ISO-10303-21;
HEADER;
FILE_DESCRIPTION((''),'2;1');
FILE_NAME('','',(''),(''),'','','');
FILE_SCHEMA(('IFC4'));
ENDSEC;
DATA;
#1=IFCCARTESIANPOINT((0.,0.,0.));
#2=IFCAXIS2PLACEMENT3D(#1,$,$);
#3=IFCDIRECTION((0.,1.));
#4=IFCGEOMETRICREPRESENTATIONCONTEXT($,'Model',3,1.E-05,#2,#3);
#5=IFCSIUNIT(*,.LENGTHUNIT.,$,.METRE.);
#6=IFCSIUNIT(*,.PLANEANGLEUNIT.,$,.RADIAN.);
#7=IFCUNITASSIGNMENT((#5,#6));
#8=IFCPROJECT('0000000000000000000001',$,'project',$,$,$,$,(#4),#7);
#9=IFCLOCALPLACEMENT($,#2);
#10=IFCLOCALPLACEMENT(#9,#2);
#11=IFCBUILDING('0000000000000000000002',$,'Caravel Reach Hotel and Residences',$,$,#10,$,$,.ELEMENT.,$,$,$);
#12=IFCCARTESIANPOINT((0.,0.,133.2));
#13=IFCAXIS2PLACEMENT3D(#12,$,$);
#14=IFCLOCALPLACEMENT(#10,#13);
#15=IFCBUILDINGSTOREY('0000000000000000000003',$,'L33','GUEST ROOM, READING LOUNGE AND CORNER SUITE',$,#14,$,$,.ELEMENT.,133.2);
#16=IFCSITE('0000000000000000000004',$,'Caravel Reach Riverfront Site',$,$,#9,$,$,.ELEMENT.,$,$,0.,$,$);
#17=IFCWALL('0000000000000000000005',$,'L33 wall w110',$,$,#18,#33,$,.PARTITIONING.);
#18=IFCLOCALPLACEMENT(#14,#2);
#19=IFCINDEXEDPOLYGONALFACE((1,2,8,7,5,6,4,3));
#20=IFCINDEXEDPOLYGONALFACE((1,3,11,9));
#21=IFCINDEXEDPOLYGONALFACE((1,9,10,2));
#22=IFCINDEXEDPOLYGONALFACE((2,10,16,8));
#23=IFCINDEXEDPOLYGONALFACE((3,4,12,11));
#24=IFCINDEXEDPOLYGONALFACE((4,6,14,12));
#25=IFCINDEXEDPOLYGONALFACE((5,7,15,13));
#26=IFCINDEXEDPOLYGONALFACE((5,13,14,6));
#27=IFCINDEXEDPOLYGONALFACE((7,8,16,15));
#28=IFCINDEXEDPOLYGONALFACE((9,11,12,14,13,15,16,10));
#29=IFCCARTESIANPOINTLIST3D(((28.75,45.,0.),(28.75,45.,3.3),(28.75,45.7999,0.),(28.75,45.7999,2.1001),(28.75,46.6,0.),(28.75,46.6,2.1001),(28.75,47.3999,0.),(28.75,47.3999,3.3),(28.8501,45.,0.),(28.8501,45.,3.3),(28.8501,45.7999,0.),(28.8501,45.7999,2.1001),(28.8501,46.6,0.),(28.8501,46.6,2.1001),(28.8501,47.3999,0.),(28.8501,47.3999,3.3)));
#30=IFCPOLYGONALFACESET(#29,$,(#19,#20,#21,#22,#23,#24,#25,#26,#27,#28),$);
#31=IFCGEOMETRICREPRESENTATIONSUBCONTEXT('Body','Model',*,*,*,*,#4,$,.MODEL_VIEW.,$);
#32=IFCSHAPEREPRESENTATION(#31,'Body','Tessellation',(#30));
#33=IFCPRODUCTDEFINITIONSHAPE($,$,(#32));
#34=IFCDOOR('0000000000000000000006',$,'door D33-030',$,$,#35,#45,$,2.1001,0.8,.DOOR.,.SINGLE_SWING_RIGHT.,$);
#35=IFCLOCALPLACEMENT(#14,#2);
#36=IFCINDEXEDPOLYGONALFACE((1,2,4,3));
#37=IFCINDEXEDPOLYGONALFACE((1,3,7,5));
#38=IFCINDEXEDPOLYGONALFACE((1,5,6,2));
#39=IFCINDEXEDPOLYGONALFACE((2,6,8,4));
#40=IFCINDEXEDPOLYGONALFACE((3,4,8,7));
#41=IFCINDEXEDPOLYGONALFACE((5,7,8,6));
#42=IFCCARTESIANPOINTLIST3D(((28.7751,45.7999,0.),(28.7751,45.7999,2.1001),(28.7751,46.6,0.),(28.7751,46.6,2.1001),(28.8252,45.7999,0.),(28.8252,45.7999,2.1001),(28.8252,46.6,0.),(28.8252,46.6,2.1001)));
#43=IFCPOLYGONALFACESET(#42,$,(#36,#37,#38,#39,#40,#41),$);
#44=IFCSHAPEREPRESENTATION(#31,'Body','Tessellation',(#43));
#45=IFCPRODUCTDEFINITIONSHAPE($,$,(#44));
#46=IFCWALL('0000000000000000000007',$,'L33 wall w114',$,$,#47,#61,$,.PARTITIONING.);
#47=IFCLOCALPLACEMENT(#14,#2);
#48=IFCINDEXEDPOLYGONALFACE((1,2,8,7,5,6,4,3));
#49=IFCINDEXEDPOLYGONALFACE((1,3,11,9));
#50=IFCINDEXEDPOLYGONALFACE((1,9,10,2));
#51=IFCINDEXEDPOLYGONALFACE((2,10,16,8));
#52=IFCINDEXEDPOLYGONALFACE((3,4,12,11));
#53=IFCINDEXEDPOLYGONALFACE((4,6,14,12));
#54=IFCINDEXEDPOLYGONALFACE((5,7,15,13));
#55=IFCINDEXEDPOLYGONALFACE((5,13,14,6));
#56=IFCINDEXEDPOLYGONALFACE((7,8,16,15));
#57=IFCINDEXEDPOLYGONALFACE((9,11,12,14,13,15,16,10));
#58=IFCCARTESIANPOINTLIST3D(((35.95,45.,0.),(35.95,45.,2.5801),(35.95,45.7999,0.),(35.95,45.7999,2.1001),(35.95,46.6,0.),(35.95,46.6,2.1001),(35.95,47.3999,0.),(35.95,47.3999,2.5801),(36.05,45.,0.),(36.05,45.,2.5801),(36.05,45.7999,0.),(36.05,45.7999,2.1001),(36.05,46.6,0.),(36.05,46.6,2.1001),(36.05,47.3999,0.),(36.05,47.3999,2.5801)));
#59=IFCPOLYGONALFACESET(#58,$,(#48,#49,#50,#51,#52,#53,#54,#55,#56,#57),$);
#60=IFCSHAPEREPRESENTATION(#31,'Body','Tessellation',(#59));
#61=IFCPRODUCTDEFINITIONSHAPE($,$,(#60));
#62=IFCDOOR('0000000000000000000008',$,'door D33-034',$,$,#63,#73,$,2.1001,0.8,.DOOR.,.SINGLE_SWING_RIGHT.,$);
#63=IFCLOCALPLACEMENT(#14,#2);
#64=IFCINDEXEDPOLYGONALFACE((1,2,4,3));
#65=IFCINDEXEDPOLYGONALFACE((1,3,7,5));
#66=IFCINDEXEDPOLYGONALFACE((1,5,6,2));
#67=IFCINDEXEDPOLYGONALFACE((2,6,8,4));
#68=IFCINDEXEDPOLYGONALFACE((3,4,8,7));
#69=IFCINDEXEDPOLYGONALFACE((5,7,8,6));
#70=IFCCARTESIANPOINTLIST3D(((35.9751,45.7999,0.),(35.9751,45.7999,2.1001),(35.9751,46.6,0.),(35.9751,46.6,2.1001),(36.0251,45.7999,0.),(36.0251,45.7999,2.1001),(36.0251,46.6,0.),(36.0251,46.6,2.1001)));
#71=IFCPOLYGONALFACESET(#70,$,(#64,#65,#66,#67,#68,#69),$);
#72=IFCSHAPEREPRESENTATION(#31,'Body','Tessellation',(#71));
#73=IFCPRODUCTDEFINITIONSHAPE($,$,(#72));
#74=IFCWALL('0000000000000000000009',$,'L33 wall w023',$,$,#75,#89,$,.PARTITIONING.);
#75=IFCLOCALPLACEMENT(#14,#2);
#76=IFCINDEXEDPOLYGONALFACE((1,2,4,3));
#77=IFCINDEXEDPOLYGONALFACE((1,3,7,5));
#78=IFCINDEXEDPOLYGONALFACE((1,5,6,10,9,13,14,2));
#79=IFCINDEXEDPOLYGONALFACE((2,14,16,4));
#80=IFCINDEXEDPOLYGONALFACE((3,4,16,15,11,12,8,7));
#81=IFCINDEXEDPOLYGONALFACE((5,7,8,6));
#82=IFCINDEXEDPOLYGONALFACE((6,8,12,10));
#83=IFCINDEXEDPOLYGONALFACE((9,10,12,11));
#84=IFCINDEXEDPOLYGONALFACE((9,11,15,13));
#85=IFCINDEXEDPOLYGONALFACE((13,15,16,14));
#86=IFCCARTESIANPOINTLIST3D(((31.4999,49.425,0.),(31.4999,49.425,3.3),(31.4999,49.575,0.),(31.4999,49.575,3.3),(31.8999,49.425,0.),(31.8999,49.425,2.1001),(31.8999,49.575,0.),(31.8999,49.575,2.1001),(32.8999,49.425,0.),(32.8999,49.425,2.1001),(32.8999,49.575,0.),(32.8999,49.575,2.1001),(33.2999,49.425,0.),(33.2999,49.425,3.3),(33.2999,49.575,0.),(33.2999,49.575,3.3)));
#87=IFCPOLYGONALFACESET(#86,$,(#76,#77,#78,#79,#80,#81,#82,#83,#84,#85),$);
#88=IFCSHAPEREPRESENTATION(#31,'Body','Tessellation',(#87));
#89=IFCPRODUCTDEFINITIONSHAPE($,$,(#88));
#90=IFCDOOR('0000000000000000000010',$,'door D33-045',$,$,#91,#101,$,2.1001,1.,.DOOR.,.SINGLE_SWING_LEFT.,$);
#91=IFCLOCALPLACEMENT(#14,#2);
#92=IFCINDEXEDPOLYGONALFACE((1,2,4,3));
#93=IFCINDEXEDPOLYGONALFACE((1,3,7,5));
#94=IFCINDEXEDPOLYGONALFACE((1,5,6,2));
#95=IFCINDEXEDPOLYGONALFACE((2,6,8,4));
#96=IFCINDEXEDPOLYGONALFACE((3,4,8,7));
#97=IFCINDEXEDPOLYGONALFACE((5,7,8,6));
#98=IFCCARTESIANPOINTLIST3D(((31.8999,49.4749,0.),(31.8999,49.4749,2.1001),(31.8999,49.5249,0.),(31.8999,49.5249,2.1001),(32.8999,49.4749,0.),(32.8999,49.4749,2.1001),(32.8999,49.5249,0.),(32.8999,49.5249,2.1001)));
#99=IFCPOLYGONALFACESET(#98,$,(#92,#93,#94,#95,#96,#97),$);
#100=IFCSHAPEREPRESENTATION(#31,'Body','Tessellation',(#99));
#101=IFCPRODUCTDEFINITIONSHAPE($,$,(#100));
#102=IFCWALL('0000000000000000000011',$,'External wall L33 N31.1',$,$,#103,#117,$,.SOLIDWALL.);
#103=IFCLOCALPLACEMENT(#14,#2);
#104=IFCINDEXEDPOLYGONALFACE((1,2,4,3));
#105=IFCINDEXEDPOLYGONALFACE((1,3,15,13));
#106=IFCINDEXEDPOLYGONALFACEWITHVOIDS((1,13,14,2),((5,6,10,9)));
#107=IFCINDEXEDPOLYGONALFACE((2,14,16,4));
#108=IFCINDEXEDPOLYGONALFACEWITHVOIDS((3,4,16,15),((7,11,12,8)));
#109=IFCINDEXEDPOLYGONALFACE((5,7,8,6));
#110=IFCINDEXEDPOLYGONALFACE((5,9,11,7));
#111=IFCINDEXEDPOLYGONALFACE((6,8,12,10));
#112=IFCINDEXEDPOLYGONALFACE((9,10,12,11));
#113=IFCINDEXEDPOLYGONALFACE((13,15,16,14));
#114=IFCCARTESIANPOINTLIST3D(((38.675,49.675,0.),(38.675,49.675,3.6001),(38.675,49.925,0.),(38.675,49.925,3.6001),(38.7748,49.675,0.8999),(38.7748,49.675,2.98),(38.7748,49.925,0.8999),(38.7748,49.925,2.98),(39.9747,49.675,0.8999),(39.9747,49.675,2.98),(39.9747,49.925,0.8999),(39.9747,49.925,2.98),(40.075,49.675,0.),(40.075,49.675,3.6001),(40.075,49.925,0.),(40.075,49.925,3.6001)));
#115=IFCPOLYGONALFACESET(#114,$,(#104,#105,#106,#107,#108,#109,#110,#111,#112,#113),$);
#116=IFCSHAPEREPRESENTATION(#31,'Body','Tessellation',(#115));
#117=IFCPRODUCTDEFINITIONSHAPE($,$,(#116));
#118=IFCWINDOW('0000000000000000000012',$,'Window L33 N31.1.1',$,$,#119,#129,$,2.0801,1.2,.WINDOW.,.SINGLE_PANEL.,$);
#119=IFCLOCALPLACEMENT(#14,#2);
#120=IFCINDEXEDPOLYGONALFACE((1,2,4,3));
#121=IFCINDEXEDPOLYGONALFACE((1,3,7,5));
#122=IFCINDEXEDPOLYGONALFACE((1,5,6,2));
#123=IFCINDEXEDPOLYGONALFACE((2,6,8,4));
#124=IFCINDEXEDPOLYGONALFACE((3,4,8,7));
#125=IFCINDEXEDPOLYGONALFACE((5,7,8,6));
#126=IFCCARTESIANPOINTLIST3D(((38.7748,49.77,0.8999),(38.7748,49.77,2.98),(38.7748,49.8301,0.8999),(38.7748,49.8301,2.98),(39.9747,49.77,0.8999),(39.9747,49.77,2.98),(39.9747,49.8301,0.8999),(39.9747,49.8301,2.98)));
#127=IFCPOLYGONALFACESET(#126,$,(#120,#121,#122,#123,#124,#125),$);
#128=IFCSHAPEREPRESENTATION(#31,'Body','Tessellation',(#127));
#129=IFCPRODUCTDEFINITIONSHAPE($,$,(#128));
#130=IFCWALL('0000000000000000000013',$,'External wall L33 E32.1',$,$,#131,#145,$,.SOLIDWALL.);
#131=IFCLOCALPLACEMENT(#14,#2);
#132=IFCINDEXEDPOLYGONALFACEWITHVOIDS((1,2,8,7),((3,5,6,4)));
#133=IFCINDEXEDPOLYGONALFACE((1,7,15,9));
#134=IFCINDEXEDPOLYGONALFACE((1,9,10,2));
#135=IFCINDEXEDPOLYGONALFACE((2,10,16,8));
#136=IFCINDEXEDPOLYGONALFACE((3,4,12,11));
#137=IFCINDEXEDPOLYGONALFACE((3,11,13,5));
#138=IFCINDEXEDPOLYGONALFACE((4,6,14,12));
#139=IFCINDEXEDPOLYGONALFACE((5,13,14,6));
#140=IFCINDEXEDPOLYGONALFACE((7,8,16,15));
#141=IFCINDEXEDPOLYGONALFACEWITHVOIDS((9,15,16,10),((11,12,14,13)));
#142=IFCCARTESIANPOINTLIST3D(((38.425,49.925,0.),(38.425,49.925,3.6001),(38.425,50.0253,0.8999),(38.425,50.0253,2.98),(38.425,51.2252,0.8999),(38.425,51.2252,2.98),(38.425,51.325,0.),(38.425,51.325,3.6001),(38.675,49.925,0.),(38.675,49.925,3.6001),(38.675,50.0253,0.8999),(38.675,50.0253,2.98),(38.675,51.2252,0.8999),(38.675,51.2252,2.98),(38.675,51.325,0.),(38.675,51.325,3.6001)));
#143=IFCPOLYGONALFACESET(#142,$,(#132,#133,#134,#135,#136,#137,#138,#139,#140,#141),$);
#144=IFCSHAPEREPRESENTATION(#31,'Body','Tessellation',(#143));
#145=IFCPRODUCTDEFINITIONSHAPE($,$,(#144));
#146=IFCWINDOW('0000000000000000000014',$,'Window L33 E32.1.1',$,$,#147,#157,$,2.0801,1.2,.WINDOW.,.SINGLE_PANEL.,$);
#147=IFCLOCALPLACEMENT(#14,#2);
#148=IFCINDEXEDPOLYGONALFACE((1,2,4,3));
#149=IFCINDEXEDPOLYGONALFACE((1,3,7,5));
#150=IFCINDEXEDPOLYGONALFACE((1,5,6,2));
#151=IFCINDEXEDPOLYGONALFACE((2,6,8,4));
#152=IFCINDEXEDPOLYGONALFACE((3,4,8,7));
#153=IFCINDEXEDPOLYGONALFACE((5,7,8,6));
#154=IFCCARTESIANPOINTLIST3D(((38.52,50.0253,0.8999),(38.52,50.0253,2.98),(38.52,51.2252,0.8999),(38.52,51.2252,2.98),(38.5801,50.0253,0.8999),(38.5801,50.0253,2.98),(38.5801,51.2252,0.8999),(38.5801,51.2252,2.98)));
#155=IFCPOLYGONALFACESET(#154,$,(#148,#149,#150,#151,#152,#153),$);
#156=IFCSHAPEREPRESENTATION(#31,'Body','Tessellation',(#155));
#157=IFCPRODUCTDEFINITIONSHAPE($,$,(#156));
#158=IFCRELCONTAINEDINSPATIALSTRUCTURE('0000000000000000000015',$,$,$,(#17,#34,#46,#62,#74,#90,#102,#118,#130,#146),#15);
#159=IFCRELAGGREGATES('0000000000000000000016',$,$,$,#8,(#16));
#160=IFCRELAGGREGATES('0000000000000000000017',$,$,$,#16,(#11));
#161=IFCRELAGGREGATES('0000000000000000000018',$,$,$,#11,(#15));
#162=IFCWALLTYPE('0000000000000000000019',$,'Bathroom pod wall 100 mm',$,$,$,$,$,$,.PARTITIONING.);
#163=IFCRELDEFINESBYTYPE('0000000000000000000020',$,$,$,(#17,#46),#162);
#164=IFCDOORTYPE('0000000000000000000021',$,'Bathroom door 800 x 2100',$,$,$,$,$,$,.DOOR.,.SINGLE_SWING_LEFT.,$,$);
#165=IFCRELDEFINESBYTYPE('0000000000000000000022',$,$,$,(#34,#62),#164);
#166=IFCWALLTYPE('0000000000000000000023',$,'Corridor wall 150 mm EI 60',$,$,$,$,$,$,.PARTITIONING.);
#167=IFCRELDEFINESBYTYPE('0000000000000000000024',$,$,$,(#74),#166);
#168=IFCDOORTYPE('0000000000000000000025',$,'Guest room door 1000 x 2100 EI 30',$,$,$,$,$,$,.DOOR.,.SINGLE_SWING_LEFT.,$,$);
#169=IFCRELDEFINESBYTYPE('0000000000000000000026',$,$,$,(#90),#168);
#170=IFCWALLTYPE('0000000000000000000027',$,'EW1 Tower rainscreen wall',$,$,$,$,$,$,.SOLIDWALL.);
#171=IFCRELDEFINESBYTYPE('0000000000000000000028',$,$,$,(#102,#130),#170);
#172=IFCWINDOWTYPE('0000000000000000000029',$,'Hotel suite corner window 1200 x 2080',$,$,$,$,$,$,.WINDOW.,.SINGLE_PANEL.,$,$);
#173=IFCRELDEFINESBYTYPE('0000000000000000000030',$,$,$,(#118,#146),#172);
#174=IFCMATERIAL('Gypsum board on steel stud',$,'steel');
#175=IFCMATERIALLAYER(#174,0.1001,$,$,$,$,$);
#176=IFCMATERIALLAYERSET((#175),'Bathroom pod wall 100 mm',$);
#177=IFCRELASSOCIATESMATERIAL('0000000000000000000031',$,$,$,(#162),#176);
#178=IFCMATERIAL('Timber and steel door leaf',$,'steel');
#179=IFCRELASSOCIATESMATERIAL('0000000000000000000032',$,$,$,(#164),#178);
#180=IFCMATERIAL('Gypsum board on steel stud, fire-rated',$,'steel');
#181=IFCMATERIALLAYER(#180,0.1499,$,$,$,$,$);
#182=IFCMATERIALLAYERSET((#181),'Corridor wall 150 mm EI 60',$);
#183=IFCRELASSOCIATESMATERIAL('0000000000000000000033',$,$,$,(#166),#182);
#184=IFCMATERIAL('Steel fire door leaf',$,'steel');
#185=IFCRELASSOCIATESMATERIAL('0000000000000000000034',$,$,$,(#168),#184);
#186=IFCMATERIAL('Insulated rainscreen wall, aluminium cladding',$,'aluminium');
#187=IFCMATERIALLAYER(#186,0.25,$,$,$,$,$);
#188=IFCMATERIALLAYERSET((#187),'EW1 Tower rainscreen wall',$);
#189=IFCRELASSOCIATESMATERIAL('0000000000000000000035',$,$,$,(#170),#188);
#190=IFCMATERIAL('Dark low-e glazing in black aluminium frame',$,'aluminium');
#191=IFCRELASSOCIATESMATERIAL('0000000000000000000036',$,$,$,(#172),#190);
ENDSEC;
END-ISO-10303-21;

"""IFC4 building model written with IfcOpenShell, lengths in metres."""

from ifc_helpers import new_model, si_unit, direction, frame, frame_2d, origin, place, context, subcontext, project, spatial, rectangle, extrude, material, layer, layer_set, type_object, element, fill, save


model = new_model("IFC4")

# Units and contexts
model_context = context("Model", 3, precision=1e-05, world=origin(), true_north=direction((0.0, 1.0)))
body_context = subcontext(model_context, "Body", "Model", "MODEL_VIEW")
ifc_project = project(units=[si_unit("LENGTHUNIT", "METRE"), si_unit("PLANEANGLEUNIT", "RADIAN")], contexts=[model_context])

# Site, building, storey
site_placement = place(None, origin())
site = spatial("IfcSite", under=ifc_project, at=site_placement, Name="Caravel Reach Riverfront Site", CompositionType="ELEMENT", RefElevation=0.0)
building_placement = place(site_placement, origin())
building = spatial("IfcBuilding", under=site, at=building_placement, Name="Caravel Reach Hotel and Residences", CompositionType="ELEMENT")
storey_placement = place(building_placement, frame((0.0, 0.0, 133.2)))
storey = spatial("IfcBuildingStorey", under=building, at=storey_placement, Name="L33", Description="GUEST ROOM, READING LOUNGE AND CORNER SUITE", CompositionType="ELEMENT", Elevation=133.2)

# Shared definitions
ifc_material_1 = material(Name="Gypsum board on steel stud", Category="steel")
ifc_layer_1 = layer(ifc_material_1, 0.1001)
ifc_layer_set_1 = layer_set([ifc_layer_1], Name="Bathroom pod wall 100 mm")
wall_type_1 = type_object("IfcWallType", Name="Bathroom pod wall 100 mm", PredefinedType="PARTITIONING", material=ifc_layer_set_1)

# Walls, openings, doors
wall_1_placement = place(storey_placement, frame((28.8, 45.0, 0.0), z_axis=(0.0, 0.0, 1.0), x_axis=(0.0, 1.0, 0.0)))
wall_1 = element("IfcWall", 1, at=wall_1_placement, inside=storey, type_object=wall_type_1, Name="L33 wall w110", PredefinedType="PARTITIONING", context=body_context, shape_type="SweptSolid", body=[
    extrude(rectangle(XDim=2.3999, YDim=0.1001, at=frame_2d((1.2, 0.0))), origin(), (0.0, 0.0, 1.0), 3.3),
])
opening_1_placement = place(wall_1_placement, frame((0.8, 0.0, 0.0)))
opening_1 = element("IfcOpeningElement", 2, at=opening_1_placement, cuts=wall_1, PredefinedType="OPENING", context=body_context, shape_type="SweptSolid", body=[
    extrude(rectangle(XDim=0.8, YDim=2.1001, at=frame_2d((0.3999, 1.05))), frame((0.0, 0.0601, 0.0), z_axis=(0.0, -1.0, 0.0), x_axis=(1.0, 0.0, 0.0)), (0.0, 0.0, 1.0), 0.1201),
])
ifc_material_2 = material(Name="Timber and steel door leaf", Category="steel")
door_type_1 = type_object("IfcDoorType", Name="Bathroom door 800 x 2100", OperationType="SINGLE_SWING_LEFT", PredefinedType="DOOR", material=ifc_material_2)
door_1_placement = place(opening_1_placement, origin())
door_1 = element("IfcDoor", 3, at=door_1_placement, inside=storey, type_object=door_type_1, Name="door D33-030", OperationType="SINGLE_SWING_RIGHT", OverallHeight=2.1001, OverallWidth=0.8, PredefinedType="DOOR", context=body_context, shape_type="SweptSolid", body=[
    extrude(rectangle(XDim=0.8, YDim=2.1001, at=frame_2d((0.3999, 1.05))), frame((0.0, 0.0249, 0.0), z_axis=(0.0, -1.0, 0.0), x_axis=(1.0, 0.0, 0.0)), (0.0, 0.0, 1.0), 0.05),
])
fill(opening_1, door_1)
wall_2_placement = place(storey_placement, frame((36.0, 45.0, 0.0), z_axis=(0.0, 0.0, 1.0), x_axis=(0.0, 1.0, 0.0)))
wall_2 = element("IfcWall", 4, at=wall_2_placement, inside=storey, type_object=wall_type_1, Name="L33 wall w114", PredefinedType="PARTITIONING", context=body_context, shape_type="SweptSolid", body=[
    extrude(rectangle(XDim=2.3999, YDim=0.1001, at=frame_2d((1.2, 0.0))), origin(), (0.0, 0.0, 1.0), 2.5801),
])
opening_2_placement = place(wall_2_placement, frame((0.8, 0.0, 0.0)))
opening_2 = element("IfcOpeningElement", 5, at=opening_2_placement, cuts=wall_2, PredefinedType="OPENING", context=body_context, shape_type="SweptSolid", body=[
    extrude(rectangle(XDim=0.8, YDim=2.1001, at=frame_2d((0.3999, 1.05))), frame((0.0, 0.0601, 0.0), z_axis=(0.0, -1.0, 0.0), x_axis=(1.0, 0.0, 0.0)), (0.0, 0.0, 1.0), 0.1201),
])
door_2_placement = place(opening_2_placement, origin())
door_2 = element("IfcDoor", 6, at=door_2_placement, inside=storey, type_object=door_type_1, Name="door D33-034", OperationType="SINGLE_SWING_RIGHT", OverallHeight=2.1001, OverallWidth=0.8, PredefinedType="DOOR", context=body_context, shape_type="SweptSolid", body=[
    extrude(rectangle(XDim=0.8, YDim=2.1001, at=frame_2d((0.3999, 1.05))), frame((0.0, 0.0249, 0.0), z_axis=(0.0, -1.0, 0.0), x_axis=(1.0, 0.0, 0.0)), (0.0, 0.0, 1.0), 0.05),
])
fill(opening_2, door_2)
ifc_material_3 = material(Name="Gypsum board on steel stud, fire-rated", Category="steel")
ifc_layer_2 = layer(ifc_material_3, 0.1499)
ifc_layer_set_2 = layer_set([ifc_layer_2], Name="Corridor wall 150 mm EI 60")
wall_type_2 = type_object("IfcWallType", Name="Corridor wall 150 mm EI 60", PredefinedType="PARTITIONING", material=ifc_layer_set_2)
wall_3_placement = place(storey_placement, frame((31.5, 49.5, 0.0), z_axis=(0.0, 0.0, 1.0), x_axis=(1.0, 0.0, 0.0)))
wall_3 = element("IfcWall", 7, at=wall_3_placement, inside=storey, type_object=wall_type_2, Name="L33 wall w023", PredefinedType="PARTITIONING", context=body_context, shape_type="SweptSolid", body=[
    extrude(rectangle(XDim=1.8, YDim=0.1499, at=frame_2d((0.8999, 0.0))), origin(), (0.0, 0.0, 1.0), 3.3),
])
opening_3_placement = place(wall_3_placement, frame((0.3999, 0.0, 0.0)))
opening_3 = element("IfcOpeningElement", 8, at=opening_3_placement, cuts=wall_3, PredefinedType="OPENING", context=body_context, shape_type="SweptSolid", body=[
    extrude(rectangle(XDim=1.0, YDim=2.1001, at=frame_2d((0.5, 1.05))), frame((0.0, 0.085, 0.0), z_axis=(0.0, -1.0, 0.0), x_axis=(1.0, 0.0, 0.0)), (0.0, 0.0, 1.0), 0.1699),
])
ifc_material_4 = material(Name="Steel fire door leaf", Category="steel")
door_type_2 = type_object("IfcDoorType", Name="Guest room door 1000 x 2100 EI 30", OperationType="SINGLE_SWING_LEFT", PredefinedType="DOOR", material=ifc_material_4)
door_3_placement = place(opening_3_placement, origin())
door_3 = element("IfcDoor", 9, at=door_3_placement, inside=storey, type_object=door_type_2, Name="door D33-045", OperationType="SINGLE_SWING_LEFT", OverallHeight=2.1001, OverallWidth=1.0, PredefinedType="DOOR", context=body_context, shape_type="SweptSolid", body=[
    extrude(rectangle(XDim=1.0, YDim=2.1001, at=frame_2d((0.5, 1.05))), frame((0.0, 0.0249, 0.0), z_axis=(0.0, -1.0, 0.0), x_axis=(1.0, 0.0, 0.0)), (0.0, 0.0, 1.0), 0.05),
])
fill(opening_3, door_3)

# Walls, openings, windows
ifc_material_5 = material(Name="Insulated rainscreen wall, aluminium cladding", Category="aluminium")
ifc_layer_3 = layer(ifc_material_5, 0.25)
ifc_layer_set_3 = layer_set([ifc_layer_3], Name="EW1 Tower rainscreen wall")
wall_type_3 = type_object("IfcWallType", Name="EW1 Tower rainscreen wall", PredefinedType="SOLIDWALL", material=ifc_layer_set_3)
wall_4_placement = place(storey_placement, frame((40.075, 49.8, 0.0), z_axis=(0.0, 0.0, 1.0), x_axis=(-1.0, 0.0, 0.0)))
wall_4 = element("IfcWall", 10, at=wall_4_placement, inside=storey, type_object=wall_type_3, Name="External wall L33 N31.1", PredefinedType="SOLIDWALL", context=body_context, shape_type="SweptSolid", body=[
    extrude(rectangle(XDim=1.3999, YDim=0.25, at=frame_2d((0.7, 0.0))), origin(), (0.0, 0.0, 1.0), 3.6001),
])
opening_4_placement = place(wall_4_placement, frame((0.1001, 0.0, 0.8999)))
opening_4 = element("IfcOpeningElement", 11, at=opening_4_placement, cuts=wall_4, PredefinedType="OPENING", context=body_context, shape_type="SweptSolid", body=[
    extrude(rectangle(XDim=1.2, YDim=2.0801, at=frame_2d((0.6001, 1.04))), frame((0.0, 0.135, 0.0), z_axis=(0.0, -1.0, 0.0), x_axis=(1.0, 0.0, 0.0)), (0.0, 0.0, 1.0), 0.27),
])
ifc_material_6 = material(Name="Dark low-e glazing in black aluminium frame", Category="aluminium")
window_type_1 = type_object("IfcWindowType", Name="Hotel suite corner window 1200 x 2080", PartitioningType="SINGLE_PANEL", PredefinedType="WINDOW", material=ifc_material_6)
window_1_placement = place(opening_4_placement, origin())
window_1 = element("IfcWindow", 12, at=window_1_placement, inside=storey, type_object=window_type_1, Name="Window L33 N31.1.1", OverallHeight=2.0801, OverallWidth=1.2, PartitioningType="SINGLE_PANEL", PredefinedType="WINDOW", context=body_context, shape_type="SweptSolid", body=[
    extrude(rectangle(XDim=1.2, YDim=2.0801, at=frame_2d((0.6001, 1.04))), frame((0.0, 0.03, 0.0), z_axis=(0.0, -1.0, 0.0), x_axis=(1.0, 0.0, 0.0)), (0.0, 0.0, 1.0), 0.0601),
])
fill(opening_4, window_1)
wall_5_placement = place(storey_placement, frame((38.55, 49.925, 0.0), z_axis=(0.0, 0.0, 1.0), x_axis=(0.0, 1.0, 0.0)))
wall_5 = element("IfcWall", 13, at=wall_5_placement, inside=storey, type_object=wall_type_3, Name="External wall L33 E32.1", PredefinedType="SOLIDWALL", context=body_context, shape_type="SweptSolid", body=[
    extrude(rectangle(XDim=1.3999, YDim=0.25, at=frame_2d((0.7, 0.0))), origin(), (0.0, 0.0, 1.0), 3.6001),
])
opening_5_placement = place(wall_5_placement, frame((0.1001, 0.0, 0.8999)))
opening_5 = element("IfcOpeningElement", 14, at=opening_5_placement, cuts=wall_5, PredefinedType="OPENING", context=body_context, shape_type="SweptSolid", body=[
    extrude(rectangle(XDim=1.2, YDim=2.0801, at=frame_2d((0.6001, 1.04))), frame((0.0, 0.135, 0.0), z_axis=(0.0, -1.0, 0.0), x_axis=(1.0, 0.0, 0.0)), (0.0, 0.0, 1.0), 0.27),
])
window_2_placement = place(opening_5_placement, origin())
window_2 = element("IfcWindow", 15, at=window_2_placement, inside=storey, type_object=window_type_1, Name="Window L33 E32.1.1", OverallHeight=2.0801, OverallWidth=1.2, PartitioningType="SINGLE_PANEL", PredefinedType="WINDOW", context=body_context, shape_type="SweptSolid", body=[
    extrude(rectangle(XDim=1.2, YDim=2.0801, at=frame_2d((0.6001, 1.04))), frame((0.0, 0.03, 0.0), z_axis=(0.0, -1.0, 0.0), x_axis=(1.0, 0.0, 0.0)), (0.0, 0.0, 1.0), 0.0601),
])
fill(opening_5, window_2)

save(model, "model.ifc")
